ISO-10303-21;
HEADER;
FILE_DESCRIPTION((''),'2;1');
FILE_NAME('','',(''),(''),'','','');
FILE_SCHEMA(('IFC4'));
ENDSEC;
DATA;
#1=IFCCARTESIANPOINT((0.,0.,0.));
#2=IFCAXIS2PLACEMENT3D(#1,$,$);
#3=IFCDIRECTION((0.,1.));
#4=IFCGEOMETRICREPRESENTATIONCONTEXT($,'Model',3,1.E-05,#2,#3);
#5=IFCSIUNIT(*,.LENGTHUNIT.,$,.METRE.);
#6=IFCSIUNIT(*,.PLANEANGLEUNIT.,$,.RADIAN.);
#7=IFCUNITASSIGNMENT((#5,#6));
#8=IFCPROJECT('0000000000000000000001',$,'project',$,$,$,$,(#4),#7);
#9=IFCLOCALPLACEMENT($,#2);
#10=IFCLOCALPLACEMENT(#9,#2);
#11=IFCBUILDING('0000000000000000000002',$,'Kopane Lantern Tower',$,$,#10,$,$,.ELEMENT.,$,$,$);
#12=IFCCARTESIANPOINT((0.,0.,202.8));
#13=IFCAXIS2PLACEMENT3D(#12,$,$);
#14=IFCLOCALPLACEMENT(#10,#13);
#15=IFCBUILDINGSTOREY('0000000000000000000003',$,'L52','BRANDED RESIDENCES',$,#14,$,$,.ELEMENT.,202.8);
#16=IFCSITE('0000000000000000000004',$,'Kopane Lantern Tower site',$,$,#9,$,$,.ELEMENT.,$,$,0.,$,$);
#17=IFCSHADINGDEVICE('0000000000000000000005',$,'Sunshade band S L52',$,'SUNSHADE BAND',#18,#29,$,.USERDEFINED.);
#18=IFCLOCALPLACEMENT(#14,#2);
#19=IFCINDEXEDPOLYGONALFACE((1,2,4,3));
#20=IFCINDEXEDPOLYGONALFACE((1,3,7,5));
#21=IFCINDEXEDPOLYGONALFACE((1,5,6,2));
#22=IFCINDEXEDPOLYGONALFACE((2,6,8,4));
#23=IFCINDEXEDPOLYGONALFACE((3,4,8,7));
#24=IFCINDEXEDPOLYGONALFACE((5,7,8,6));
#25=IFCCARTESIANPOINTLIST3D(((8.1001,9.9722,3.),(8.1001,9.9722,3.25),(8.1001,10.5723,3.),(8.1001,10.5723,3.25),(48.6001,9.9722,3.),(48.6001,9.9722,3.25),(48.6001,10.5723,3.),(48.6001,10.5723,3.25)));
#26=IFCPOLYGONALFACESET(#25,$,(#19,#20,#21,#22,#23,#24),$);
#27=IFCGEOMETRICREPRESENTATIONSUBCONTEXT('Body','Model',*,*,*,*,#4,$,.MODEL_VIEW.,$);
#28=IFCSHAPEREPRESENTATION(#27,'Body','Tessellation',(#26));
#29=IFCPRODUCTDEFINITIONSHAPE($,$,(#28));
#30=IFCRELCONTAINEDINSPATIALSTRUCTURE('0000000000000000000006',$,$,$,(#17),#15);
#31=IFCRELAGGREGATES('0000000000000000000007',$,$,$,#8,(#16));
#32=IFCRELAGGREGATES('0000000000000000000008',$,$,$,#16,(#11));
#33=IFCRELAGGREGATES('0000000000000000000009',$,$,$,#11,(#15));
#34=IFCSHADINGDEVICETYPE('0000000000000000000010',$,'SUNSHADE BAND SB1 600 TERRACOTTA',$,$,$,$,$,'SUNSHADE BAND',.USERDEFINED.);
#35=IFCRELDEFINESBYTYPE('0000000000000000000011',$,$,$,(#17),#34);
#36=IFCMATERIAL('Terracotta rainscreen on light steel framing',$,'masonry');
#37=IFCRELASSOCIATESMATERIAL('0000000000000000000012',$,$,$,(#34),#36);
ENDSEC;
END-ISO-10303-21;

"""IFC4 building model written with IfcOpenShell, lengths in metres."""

from ifc_helpers import new_model, si_unit, direction, frame, origin, origin_2d, place, context, subcontext, project, spatial, rectangle, extrude, material, type_object, element, save


model = new_model("IFC4")

# Units and contexts
model_context = context("Model", 3, precision=1e-05, world=origin(), true_north=direction((0.0, 1.0)))
body_context = subcontext(model_context, "Body", "Model", "MODEL_VIEW")
ifc_project = project(units=[si_unit("LENGTHUNIT", "METRE"), si_unit("PLANEANGLEUNIT", "RADIAN")], contexts=[model_context])

# Site, building, storey
site_placement = place(None, origin())
site = spatial("IfcSite", under=ifc_project, at=site_placement, Name="Kopane Lantern Tower site", CompositionType="ELEMENT", RefElevation=0.0)
building_placement = place(site_placement, origin())
building = spatial("IfcBuilding", under=site, at=building_placement, Name="Kopane Lantern Tower", CompositionType="ELEMENT")
storey_placement = place(building_placement, frame((0.0, 0.0, 202.8)))
storey = spatial("IfcBuildingStorey", under=building, at=storey_placement, Name="L52", Description="BRANDED RESIDENCES", CompositionType="ELEMENT", Elevation=202.8)

# Shading device
ifc_material_1 = material(Name="Terracotta rainscreen on light steel framing", Category="masonry")
shading_device_type = type_object("IfcShadingDeviceType", Name="SUNSHADE BAND SB1 600 TERRACOTTA", ElementType="SUNSHADE BAND", PredefinedType="USERDEFINED", material=ifc_material_1)
shading_device_placement = place(storey_placement, frame((28.3501, 10.2722, 3.0), z_axis=(0.0, 0.0, 1.0), x_axis=(1.0, 0.0, 0.0)))
element("IfcShadingDevice", 1, at=shading_device_placement, inside=storey, type_object=shading_device_type, Name="Sunshade band S L52", ObjectType="SUNSHADE BAND", PredefinedType="USERDEFINED", context=body_context, shape_type="SweptSolid", body=[
    extrude(rectangle(XDim=40.5, YDim=0.6001, at=origin_2d()), origin(), (0.0, 0.0, 1.0), 0.25),
])

save(model, "model.ifc")
